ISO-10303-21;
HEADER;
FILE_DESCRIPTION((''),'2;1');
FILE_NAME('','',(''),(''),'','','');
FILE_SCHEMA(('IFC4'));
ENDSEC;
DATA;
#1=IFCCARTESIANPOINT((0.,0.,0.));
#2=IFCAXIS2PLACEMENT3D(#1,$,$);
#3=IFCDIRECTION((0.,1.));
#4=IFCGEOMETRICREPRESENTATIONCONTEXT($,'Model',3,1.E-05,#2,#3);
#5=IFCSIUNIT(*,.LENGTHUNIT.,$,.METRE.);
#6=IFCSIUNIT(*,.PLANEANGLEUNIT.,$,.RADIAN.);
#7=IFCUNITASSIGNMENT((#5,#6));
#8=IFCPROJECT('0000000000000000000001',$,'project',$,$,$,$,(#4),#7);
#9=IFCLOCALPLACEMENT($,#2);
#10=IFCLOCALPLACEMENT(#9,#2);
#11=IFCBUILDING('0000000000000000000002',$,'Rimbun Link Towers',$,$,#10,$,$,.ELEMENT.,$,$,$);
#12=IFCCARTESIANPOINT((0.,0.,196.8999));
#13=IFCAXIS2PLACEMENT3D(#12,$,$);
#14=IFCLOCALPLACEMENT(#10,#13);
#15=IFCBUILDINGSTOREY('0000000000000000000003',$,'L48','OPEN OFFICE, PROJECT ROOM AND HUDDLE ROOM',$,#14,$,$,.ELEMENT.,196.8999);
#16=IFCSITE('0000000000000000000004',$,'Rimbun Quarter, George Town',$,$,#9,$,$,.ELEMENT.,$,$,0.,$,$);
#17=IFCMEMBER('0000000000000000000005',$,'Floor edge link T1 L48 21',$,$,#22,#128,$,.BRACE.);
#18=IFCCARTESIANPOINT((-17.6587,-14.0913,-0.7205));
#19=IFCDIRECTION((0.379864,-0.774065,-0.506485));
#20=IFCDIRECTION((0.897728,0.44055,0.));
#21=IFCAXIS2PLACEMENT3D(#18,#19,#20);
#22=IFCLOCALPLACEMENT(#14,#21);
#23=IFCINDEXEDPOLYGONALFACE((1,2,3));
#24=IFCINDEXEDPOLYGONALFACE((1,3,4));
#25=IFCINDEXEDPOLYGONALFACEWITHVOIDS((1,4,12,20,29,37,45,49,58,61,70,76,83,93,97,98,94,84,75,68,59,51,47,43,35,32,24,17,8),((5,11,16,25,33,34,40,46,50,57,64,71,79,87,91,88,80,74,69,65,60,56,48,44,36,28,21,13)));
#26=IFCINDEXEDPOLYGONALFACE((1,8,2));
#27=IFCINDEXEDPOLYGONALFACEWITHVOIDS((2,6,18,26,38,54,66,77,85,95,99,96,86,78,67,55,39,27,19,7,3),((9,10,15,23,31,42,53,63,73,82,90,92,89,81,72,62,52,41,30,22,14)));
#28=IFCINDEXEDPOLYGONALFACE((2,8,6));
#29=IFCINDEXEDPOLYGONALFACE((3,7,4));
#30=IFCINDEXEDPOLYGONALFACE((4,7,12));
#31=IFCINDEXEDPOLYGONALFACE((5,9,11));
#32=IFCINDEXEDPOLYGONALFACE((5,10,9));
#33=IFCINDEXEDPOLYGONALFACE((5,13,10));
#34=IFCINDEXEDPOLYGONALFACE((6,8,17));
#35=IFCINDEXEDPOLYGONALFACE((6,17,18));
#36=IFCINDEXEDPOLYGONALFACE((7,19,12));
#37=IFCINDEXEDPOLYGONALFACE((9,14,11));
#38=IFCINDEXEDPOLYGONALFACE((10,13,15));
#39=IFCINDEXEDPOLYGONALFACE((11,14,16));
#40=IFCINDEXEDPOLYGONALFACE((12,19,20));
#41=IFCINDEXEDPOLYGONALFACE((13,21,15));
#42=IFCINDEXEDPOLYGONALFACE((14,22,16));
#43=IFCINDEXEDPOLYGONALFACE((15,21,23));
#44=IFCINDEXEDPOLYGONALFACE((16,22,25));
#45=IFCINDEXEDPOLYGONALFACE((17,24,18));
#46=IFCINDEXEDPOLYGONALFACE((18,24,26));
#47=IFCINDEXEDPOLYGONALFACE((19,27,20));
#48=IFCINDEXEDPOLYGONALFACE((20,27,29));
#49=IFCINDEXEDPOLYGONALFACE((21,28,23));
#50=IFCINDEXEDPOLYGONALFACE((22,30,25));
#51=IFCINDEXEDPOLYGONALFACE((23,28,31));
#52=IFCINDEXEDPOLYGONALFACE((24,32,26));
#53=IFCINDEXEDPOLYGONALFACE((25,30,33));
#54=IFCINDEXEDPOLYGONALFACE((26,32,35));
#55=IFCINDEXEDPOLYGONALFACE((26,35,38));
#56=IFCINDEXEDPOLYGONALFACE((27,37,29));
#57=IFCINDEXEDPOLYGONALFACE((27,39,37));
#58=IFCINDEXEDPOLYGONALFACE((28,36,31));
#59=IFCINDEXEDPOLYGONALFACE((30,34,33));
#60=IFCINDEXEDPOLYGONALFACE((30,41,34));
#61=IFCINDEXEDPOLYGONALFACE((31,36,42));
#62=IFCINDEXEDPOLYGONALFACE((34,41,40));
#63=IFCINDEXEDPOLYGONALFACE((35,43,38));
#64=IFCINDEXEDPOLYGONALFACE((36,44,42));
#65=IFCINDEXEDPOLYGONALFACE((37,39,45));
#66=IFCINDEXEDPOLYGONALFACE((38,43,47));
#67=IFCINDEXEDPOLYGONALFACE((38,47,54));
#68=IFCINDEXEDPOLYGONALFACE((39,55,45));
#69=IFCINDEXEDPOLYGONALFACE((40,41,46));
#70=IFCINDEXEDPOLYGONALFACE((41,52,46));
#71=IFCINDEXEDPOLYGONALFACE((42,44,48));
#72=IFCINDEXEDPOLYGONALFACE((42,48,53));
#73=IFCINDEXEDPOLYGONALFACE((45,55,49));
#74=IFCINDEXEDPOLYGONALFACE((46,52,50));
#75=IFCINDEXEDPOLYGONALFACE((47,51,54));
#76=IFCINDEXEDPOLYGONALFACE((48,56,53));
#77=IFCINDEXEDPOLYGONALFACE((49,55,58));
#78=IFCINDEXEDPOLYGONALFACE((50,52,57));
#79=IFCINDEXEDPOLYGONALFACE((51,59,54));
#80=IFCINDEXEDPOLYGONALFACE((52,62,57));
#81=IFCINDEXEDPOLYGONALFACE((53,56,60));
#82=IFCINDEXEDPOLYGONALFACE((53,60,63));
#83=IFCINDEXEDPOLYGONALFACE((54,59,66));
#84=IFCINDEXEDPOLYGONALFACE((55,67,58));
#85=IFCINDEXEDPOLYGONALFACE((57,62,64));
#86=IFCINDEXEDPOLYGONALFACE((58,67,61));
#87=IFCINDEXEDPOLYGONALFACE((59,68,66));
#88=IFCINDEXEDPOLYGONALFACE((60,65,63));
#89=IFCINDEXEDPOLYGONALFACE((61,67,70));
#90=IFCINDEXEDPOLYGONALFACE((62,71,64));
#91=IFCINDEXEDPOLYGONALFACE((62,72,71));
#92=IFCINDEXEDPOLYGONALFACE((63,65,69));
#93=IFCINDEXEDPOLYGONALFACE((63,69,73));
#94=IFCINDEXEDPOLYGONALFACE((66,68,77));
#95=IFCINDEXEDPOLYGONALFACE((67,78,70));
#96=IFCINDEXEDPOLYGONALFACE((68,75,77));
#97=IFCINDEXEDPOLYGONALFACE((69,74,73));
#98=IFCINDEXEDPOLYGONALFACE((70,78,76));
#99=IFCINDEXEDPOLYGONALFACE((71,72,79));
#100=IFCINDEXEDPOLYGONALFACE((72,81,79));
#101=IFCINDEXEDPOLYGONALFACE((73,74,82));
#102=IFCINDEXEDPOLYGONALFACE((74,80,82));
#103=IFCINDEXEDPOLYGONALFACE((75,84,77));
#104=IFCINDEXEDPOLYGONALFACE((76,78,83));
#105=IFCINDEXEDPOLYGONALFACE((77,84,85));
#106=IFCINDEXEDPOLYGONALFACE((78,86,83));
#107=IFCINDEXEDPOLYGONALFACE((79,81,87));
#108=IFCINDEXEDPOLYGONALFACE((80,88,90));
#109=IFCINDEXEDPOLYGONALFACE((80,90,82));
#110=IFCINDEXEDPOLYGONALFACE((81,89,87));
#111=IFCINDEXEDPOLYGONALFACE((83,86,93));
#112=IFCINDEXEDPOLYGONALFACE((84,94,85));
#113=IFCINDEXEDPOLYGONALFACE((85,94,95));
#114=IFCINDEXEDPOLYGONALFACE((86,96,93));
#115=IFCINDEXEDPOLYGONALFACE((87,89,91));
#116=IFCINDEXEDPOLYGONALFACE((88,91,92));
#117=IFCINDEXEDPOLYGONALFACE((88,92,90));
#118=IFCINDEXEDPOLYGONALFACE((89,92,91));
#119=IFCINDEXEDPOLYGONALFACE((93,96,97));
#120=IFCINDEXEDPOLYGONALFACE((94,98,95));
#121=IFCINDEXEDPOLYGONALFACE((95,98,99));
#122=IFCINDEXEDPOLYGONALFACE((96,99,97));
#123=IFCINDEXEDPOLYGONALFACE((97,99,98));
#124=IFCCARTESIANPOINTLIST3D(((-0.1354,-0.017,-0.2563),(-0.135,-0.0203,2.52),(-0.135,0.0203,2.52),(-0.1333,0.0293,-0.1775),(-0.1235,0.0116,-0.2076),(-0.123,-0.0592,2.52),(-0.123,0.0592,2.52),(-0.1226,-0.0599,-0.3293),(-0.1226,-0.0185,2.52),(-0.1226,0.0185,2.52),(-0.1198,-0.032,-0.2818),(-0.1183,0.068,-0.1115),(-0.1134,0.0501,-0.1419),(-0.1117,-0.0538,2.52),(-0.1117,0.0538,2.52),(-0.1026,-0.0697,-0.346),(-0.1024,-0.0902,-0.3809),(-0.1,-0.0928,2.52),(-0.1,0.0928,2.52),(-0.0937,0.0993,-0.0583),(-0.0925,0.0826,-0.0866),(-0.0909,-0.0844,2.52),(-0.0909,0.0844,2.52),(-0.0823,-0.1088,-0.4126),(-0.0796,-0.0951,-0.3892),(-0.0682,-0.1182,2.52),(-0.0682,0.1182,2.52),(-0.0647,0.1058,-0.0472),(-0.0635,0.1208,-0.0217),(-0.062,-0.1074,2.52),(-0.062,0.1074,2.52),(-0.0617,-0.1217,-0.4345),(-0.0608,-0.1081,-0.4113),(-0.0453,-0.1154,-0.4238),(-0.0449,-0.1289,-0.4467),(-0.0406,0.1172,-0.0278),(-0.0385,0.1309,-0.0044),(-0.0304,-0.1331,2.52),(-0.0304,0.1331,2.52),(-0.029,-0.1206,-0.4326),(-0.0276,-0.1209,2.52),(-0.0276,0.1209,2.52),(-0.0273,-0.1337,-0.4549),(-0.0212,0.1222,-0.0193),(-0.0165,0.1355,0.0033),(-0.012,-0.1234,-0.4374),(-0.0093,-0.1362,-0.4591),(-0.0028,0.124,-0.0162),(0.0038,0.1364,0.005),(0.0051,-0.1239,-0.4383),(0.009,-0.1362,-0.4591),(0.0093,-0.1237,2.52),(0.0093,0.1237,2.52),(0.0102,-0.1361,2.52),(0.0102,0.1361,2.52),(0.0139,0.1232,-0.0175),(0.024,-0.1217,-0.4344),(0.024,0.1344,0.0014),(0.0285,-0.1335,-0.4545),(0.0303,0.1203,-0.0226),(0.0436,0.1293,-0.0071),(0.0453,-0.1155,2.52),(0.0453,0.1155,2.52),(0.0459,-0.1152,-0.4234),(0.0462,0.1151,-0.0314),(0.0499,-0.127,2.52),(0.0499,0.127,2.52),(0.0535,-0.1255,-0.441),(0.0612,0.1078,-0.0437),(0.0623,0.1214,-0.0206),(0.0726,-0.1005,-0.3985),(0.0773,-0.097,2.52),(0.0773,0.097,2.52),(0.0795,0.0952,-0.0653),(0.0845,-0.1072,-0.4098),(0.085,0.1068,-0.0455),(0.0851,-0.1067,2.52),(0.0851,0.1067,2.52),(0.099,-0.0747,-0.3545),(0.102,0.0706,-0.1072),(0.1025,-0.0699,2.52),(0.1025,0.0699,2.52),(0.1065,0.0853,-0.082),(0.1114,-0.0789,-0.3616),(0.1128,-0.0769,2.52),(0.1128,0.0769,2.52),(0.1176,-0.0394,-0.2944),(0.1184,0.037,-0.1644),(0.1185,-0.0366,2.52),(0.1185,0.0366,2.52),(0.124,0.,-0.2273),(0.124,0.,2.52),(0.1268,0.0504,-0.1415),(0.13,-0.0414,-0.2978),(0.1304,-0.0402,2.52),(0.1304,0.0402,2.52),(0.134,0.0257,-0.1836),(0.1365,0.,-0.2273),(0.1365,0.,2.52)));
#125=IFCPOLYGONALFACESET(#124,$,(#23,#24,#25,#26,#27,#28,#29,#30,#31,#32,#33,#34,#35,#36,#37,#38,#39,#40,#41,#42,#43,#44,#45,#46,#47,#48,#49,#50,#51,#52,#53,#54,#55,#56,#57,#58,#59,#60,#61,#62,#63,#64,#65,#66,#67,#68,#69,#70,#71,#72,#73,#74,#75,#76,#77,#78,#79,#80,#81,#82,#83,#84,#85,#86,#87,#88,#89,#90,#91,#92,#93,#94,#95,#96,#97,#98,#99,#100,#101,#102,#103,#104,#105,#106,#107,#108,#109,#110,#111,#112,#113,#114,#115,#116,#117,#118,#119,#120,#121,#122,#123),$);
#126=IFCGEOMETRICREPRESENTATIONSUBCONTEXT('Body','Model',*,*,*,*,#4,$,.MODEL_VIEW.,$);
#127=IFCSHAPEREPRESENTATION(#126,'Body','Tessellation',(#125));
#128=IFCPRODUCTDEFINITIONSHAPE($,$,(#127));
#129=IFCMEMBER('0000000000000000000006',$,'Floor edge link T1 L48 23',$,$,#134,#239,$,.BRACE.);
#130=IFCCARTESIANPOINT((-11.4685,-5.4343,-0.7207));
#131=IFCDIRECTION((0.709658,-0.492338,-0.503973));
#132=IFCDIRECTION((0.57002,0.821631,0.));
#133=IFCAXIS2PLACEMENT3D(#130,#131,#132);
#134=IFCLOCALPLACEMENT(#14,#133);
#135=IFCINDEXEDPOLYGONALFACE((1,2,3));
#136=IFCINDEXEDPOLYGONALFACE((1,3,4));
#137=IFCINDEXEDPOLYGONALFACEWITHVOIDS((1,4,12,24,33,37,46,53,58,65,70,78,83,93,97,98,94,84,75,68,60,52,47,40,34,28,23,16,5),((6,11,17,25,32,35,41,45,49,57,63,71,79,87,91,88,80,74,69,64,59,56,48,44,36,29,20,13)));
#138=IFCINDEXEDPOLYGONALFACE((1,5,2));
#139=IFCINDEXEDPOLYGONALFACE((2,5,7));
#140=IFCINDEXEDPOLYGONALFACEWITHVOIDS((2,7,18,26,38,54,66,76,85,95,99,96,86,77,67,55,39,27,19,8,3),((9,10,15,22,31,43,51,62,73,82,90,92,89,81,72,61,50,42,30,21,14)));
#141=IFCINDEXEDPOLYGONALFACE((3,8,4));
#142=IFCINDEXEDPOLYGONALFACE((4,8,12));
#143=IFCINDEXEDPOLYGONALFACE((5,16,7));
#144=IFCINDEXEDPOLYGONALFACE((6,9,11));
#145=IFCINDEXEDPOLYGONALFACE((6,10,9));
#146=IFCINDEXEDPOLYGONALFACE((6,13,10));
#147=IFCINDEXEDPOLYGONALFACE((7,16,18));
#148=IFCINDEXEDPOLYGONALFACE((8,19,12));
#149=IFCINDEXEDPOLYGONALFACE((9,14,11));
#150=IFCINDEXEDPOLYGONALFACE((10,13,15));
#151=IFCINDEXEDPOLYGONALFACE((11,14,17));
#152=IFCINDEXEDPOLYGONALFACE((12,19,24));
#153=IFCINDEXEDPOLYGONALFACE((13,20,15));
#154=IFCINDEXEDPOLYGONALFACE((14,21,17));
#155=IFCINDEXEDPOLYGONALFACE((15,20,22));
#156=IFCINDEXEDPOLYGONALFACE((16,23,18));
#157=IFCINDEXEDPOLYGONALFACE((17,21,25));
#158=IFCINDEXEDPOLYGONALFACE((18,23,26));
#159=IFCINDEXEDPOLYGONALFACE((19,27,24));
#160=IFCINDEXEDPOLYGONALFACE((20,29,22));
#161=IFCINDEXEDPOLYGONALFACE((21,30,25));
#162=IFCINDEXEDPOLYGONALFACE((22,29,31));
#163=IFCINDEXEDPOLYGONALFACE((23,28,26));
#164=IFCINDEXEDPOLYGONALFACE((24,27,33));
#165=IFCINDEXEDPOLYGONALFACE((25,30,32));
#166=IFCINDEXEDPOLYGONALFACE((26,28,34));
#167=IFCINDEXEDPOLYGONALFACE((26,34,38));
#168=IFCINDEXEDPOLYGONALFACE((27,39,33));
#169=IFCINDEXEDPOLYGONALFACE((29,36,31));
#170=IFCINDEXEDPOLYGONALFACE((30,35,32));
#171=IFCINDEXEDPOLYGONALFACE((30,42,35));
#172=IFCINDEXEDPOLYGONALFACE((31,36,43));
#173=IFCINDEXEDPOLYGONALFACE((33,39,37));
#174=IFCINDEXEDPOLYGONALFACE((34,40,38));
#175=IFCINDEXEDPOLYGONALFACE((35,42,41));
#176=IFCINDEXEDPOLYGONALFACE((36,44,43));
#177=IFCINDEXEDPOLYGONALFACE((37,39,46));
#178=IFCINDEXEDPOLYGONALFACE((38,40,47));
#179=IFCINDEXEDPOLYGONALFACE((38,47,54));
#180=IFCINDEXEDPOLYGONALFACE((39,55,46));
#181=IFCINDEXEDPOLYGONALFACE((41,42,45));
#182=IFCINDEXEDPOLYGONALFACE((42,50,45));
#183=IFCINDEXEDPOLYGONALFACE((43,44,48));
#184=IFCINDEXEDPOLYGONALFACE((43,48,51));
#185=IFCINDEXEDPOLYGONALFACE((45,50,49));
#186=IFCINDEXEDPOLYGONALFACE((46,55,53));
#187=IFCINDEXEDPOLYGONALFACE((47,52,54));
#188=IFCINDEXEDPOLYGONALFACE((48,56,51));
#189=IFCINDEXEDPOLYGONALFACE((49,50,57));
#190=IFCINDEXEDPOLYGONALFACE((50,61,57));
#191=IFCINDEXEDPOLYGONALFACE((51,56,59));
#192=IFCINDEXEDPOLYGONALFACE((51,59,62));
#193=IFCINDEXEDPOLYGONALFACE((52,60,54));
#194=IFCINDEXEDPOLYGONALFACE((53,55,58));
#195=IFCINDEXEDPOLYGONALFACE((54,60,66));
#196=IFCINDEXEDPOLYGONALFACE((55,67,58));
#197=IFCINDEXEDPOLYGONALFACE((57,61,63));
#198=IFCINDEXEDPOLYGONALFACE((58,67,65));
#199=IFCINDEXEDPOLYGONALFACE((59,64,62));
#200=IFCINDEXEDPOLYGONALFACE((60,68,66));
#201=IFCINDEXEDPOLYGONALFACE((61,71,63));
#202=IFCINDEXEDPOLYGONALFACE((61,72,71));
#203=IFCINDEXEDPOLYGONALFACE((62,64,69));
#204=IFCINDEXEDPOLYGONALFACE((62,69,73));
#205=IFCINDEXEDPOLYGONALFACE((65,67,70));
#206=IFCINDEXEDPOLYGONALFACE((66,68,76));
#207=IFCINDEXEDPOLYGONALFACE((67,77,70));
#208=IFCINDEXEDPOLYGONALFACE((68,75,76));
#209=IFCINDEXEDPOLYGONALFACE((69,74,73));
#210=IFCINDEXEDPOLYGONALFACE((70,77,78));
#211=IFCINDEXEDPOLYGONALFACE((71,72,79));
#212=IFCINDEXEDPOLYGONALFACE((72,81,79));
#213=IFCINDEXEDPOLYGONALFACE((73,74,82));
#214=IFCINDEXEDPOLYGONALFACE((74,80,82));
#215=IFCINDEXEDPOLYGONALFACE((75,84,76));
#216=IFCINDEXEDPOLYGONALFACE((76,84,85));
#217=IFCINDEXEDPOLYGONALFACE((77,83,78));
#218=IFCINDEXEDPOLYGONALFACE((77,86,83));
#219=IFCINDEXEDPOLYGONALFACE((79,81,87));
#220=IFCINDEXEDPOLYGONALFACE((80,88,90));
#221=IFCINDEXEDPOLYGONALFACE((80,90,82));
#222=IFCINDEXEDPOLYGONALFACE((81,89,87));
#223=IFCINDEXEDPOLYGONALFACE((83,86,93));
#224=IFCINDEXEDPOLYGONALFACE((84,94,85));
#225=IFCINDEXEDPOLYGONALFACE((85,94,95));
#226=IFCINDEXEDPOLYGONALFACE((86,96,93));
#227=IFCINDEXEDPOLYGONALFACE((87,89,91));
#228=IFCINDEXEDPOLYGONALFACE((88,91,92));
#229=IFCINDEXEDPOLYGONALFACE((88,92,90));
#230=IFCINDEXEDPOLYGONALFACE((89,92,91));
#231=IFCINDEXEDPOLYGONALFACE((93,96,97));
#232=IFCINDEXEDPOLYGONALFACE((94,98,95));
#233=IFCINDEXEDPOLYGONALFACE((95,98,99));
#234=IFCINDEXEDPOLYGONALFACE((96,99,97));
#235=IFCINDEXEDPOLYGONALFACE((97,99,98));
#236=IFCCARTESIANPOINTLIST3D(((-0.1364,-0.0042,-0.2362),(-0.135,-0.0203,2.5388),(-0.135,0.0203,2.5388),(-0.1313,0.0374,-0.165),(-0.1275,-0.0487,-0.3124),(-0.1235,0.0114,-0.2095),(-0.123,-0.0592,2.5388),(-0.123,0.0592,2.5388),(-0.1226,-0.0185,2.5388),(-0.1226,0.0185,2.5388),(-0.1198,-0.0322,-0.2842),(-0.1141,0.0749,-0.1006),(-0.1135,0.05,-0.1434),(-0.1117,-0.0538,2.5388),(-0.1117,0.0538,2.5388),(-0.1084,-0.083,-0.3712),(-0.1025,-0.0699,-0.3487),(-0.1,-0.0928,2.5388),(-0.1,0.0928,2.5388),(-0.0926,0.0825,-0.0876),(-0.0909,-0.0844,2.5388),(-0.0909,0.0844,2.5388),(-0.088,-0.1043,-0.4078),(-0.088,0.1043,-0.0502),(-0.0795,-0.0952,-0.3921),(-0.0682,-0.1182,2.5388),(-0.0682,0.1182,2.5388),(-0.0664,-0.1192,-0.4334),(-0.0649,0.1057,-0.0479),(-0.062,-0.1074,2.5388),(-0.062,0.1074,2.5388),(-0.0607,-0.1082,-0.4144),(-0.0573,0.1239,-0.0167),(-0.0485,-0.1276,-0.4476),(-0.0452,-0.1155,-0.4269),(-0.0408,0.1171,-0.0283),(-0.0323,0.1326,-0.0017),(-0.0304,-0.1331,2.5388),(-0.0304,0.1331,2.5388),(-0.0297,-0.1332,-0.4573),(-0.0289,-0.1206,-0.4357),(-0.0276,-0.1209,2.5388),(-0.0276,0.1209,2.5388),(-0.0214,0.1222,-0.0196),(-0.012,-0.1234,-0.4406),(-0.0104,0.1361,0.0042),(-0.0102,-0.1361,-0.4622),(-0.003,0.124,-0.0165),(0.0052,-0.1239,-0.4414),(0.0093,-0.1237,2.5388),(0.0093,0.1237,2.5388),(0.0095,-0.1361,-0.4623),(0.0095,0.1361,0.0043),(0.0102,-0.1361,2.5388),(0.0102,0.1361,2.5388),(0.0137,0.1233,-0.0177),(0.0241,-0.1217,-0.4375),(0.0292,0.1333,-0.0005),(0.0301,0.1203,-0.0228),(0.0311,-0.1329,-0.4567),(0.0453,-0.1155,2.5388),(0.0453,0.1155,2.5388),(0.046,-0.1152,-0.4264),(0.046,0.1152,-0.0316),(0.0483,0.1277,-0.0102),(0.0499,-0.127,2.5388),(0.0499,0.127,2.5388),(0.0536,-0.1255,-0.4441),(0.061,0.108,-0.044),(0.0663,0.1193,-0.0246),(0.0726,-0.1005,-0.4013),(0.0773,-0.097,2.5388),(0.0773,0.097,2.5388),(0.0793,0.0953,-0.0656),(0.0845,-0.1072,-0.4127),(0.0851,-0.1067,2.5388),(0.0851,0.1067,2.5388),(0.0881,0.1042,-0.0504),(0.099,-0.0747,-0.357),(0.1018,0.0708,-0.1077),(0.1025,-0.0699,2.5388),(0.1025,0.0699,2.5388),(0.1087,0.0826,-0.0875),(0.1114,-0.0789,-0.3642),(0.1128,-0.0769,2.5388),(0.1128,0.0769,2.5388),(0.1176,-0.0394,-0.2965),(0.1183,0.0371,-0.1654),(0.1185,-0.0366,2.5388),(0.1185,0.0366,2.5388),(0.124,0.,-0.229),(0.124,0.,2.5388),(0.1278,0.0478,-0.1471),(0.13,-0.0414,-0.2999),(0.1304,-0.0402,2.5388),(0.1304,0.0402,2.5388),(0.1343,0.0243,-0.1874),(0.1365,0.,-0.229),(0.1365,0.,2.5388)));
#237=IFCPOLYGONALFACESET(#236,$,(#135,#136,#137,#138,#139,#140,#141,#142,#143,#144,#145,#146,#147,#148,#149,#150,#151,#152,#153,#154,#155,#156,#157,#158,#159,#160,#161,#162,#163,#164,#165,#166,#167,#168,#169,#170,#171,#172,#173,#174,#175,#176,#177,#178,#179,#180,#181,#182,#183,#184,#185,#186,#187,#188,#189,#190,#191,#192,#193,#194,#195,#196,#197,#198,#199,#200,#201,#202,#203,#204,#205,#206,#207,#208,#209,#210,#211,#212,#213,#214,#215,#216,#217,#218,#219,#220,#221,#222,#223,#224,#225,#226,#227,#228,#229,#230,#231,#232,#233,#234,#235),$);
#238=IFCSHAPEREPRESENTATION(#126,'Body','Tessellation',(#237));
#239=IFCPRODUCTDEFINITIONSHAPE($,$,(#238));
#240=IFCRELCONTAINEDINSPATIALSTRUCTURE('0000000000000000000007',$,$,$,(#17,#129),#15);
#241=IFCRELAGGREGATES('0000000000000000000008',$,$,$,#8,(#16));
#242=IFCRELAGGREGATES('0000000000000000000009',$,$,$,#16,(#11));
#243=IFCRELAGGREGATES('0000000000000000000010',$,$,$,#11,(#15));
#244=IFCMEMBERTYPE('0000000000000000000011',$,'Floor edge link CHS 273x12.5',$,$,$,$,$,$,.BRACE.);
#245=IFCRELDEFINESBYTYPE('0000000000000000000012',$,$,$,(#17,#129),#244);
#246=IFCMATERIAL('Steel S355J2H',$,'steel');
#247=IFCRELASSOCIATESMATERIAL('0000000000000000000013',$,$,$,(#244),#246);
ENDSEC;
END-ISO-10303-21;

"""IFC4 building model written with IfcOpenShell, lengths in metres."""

from ifc_helpers import new_model, si_unit, direction, frame, origin, origin_2d, place, context, subcontext, project, spatial, hollow_circle, extrude, clip, halfspace, material, material_profile, profile_set, type_object, element, save


model = new_model("IFC4")

# Units and contexts
model_context = context("Model", 3, precision=1e-05, world=origin(), true_north=direction((0.0, 1.0)))
body_context = subcontext(model_context, "Body", "Model", "MODEL_VIEW")
ifc_project = project(units=[si_unit("LENGTHUNIT", "METRE"), si_unit("PLANEANGLEUNIT", "RADIAN")], contexts=[model_context])

# Site, building, storey
site_placement = place(None, origin())
site = spatial("IfcSite", under=ifc_project, at=site_placement, Name="Rimbun Quarter, George Town", CompositionType="ELEMENT", RefElevation=0.0)
building_placement = place(site_placement, origin())
building = spatial("IfcBuilding", under=site, at=building_placement, Name="Rimbun Link Towers", CompositionType="ELEMENT")
storey_placement = place(building_placement, frame((0.0, 0.0, 196.8999)))
storey = spatial("IfcBuildingStorey", under=building, at=storey_placement, Name="L48", Description="OPEN OFFICE, PROJECT ROOM AND HUDDLE ROOM", CompositionType="ELEMENT", Elevation=196.8999)

# Members
ifc_material_1 = material(Name="Steel S355J2H", Category="steel")
ifc_material_profile_1 = material_profile(ifc_material_1, hollow_circle(Radius=0.1365, WallThickness=0.0125, at=origin_2d()), Name="CHS 273x12.5")
ifc_profile_set_1 = profile_set([ifc_material_profile_1], Name="Steel S355J2H")
member_type_1 = type_object("IfcMemberType", Name="Floor edge link CHS 273x12.5", PredefinedType="BRACE", material=ifc_profile_set_1)
member_1_placement = place(storey_placement, frame((-17.6587, -14.0913, -0.7205), z_axis=(0.379864, -0.774065, -0.506485), x_axis=(0.897728, 0.44055, 0.0)))
element("IfcMember", 1, at=member_1_placement, inside=storey, type_object=member_type_1, Name="Floor edge link T1 L48 21", PredefinedType="BRACE", context=body_context, shape_type="Clipping", body=[
    clip(extrude(hollow_circle(Radius=0.1365, WallThickness=0.0125, at=origin_2d()), frame((0.0, 0.0, -0.4846)), (0.0, 0.0, 1.0), 3.0046), halfspace(frame((0.0, 0.0, -0.2273), z_axis=(0.0, 0.862249, -0.506485)), False)),
])
member_2_placement = place(storey_placement, frame((-11.4685, -5.4343, -0.7207), z_axis=(0.709658, -0.492338, -0.503973), x_axis=(0.57002, 0.821631, 0.0)))
element("IfcMember", 2, at=member_2_placement, inside=storey, type_object=member_type_1, Name="Floor edge link T1 L48 23", PredefinedType="BRACE", context=body_context, shape_type="Clipping", body=[
    clip(extrude(hollow_circle(Radius=0.1365, WallThickness=0.0125, at=origin_2d()), frame((0.0, 0.0, -0.4878)), (0.0, 0.0, 1.0), 3.0266), halfspace(frame((0.0, 0.0, -0.229), z_axis=(0.0, 0.863719, -0.503973)), False)),
])

save(model, "model.ifc")
